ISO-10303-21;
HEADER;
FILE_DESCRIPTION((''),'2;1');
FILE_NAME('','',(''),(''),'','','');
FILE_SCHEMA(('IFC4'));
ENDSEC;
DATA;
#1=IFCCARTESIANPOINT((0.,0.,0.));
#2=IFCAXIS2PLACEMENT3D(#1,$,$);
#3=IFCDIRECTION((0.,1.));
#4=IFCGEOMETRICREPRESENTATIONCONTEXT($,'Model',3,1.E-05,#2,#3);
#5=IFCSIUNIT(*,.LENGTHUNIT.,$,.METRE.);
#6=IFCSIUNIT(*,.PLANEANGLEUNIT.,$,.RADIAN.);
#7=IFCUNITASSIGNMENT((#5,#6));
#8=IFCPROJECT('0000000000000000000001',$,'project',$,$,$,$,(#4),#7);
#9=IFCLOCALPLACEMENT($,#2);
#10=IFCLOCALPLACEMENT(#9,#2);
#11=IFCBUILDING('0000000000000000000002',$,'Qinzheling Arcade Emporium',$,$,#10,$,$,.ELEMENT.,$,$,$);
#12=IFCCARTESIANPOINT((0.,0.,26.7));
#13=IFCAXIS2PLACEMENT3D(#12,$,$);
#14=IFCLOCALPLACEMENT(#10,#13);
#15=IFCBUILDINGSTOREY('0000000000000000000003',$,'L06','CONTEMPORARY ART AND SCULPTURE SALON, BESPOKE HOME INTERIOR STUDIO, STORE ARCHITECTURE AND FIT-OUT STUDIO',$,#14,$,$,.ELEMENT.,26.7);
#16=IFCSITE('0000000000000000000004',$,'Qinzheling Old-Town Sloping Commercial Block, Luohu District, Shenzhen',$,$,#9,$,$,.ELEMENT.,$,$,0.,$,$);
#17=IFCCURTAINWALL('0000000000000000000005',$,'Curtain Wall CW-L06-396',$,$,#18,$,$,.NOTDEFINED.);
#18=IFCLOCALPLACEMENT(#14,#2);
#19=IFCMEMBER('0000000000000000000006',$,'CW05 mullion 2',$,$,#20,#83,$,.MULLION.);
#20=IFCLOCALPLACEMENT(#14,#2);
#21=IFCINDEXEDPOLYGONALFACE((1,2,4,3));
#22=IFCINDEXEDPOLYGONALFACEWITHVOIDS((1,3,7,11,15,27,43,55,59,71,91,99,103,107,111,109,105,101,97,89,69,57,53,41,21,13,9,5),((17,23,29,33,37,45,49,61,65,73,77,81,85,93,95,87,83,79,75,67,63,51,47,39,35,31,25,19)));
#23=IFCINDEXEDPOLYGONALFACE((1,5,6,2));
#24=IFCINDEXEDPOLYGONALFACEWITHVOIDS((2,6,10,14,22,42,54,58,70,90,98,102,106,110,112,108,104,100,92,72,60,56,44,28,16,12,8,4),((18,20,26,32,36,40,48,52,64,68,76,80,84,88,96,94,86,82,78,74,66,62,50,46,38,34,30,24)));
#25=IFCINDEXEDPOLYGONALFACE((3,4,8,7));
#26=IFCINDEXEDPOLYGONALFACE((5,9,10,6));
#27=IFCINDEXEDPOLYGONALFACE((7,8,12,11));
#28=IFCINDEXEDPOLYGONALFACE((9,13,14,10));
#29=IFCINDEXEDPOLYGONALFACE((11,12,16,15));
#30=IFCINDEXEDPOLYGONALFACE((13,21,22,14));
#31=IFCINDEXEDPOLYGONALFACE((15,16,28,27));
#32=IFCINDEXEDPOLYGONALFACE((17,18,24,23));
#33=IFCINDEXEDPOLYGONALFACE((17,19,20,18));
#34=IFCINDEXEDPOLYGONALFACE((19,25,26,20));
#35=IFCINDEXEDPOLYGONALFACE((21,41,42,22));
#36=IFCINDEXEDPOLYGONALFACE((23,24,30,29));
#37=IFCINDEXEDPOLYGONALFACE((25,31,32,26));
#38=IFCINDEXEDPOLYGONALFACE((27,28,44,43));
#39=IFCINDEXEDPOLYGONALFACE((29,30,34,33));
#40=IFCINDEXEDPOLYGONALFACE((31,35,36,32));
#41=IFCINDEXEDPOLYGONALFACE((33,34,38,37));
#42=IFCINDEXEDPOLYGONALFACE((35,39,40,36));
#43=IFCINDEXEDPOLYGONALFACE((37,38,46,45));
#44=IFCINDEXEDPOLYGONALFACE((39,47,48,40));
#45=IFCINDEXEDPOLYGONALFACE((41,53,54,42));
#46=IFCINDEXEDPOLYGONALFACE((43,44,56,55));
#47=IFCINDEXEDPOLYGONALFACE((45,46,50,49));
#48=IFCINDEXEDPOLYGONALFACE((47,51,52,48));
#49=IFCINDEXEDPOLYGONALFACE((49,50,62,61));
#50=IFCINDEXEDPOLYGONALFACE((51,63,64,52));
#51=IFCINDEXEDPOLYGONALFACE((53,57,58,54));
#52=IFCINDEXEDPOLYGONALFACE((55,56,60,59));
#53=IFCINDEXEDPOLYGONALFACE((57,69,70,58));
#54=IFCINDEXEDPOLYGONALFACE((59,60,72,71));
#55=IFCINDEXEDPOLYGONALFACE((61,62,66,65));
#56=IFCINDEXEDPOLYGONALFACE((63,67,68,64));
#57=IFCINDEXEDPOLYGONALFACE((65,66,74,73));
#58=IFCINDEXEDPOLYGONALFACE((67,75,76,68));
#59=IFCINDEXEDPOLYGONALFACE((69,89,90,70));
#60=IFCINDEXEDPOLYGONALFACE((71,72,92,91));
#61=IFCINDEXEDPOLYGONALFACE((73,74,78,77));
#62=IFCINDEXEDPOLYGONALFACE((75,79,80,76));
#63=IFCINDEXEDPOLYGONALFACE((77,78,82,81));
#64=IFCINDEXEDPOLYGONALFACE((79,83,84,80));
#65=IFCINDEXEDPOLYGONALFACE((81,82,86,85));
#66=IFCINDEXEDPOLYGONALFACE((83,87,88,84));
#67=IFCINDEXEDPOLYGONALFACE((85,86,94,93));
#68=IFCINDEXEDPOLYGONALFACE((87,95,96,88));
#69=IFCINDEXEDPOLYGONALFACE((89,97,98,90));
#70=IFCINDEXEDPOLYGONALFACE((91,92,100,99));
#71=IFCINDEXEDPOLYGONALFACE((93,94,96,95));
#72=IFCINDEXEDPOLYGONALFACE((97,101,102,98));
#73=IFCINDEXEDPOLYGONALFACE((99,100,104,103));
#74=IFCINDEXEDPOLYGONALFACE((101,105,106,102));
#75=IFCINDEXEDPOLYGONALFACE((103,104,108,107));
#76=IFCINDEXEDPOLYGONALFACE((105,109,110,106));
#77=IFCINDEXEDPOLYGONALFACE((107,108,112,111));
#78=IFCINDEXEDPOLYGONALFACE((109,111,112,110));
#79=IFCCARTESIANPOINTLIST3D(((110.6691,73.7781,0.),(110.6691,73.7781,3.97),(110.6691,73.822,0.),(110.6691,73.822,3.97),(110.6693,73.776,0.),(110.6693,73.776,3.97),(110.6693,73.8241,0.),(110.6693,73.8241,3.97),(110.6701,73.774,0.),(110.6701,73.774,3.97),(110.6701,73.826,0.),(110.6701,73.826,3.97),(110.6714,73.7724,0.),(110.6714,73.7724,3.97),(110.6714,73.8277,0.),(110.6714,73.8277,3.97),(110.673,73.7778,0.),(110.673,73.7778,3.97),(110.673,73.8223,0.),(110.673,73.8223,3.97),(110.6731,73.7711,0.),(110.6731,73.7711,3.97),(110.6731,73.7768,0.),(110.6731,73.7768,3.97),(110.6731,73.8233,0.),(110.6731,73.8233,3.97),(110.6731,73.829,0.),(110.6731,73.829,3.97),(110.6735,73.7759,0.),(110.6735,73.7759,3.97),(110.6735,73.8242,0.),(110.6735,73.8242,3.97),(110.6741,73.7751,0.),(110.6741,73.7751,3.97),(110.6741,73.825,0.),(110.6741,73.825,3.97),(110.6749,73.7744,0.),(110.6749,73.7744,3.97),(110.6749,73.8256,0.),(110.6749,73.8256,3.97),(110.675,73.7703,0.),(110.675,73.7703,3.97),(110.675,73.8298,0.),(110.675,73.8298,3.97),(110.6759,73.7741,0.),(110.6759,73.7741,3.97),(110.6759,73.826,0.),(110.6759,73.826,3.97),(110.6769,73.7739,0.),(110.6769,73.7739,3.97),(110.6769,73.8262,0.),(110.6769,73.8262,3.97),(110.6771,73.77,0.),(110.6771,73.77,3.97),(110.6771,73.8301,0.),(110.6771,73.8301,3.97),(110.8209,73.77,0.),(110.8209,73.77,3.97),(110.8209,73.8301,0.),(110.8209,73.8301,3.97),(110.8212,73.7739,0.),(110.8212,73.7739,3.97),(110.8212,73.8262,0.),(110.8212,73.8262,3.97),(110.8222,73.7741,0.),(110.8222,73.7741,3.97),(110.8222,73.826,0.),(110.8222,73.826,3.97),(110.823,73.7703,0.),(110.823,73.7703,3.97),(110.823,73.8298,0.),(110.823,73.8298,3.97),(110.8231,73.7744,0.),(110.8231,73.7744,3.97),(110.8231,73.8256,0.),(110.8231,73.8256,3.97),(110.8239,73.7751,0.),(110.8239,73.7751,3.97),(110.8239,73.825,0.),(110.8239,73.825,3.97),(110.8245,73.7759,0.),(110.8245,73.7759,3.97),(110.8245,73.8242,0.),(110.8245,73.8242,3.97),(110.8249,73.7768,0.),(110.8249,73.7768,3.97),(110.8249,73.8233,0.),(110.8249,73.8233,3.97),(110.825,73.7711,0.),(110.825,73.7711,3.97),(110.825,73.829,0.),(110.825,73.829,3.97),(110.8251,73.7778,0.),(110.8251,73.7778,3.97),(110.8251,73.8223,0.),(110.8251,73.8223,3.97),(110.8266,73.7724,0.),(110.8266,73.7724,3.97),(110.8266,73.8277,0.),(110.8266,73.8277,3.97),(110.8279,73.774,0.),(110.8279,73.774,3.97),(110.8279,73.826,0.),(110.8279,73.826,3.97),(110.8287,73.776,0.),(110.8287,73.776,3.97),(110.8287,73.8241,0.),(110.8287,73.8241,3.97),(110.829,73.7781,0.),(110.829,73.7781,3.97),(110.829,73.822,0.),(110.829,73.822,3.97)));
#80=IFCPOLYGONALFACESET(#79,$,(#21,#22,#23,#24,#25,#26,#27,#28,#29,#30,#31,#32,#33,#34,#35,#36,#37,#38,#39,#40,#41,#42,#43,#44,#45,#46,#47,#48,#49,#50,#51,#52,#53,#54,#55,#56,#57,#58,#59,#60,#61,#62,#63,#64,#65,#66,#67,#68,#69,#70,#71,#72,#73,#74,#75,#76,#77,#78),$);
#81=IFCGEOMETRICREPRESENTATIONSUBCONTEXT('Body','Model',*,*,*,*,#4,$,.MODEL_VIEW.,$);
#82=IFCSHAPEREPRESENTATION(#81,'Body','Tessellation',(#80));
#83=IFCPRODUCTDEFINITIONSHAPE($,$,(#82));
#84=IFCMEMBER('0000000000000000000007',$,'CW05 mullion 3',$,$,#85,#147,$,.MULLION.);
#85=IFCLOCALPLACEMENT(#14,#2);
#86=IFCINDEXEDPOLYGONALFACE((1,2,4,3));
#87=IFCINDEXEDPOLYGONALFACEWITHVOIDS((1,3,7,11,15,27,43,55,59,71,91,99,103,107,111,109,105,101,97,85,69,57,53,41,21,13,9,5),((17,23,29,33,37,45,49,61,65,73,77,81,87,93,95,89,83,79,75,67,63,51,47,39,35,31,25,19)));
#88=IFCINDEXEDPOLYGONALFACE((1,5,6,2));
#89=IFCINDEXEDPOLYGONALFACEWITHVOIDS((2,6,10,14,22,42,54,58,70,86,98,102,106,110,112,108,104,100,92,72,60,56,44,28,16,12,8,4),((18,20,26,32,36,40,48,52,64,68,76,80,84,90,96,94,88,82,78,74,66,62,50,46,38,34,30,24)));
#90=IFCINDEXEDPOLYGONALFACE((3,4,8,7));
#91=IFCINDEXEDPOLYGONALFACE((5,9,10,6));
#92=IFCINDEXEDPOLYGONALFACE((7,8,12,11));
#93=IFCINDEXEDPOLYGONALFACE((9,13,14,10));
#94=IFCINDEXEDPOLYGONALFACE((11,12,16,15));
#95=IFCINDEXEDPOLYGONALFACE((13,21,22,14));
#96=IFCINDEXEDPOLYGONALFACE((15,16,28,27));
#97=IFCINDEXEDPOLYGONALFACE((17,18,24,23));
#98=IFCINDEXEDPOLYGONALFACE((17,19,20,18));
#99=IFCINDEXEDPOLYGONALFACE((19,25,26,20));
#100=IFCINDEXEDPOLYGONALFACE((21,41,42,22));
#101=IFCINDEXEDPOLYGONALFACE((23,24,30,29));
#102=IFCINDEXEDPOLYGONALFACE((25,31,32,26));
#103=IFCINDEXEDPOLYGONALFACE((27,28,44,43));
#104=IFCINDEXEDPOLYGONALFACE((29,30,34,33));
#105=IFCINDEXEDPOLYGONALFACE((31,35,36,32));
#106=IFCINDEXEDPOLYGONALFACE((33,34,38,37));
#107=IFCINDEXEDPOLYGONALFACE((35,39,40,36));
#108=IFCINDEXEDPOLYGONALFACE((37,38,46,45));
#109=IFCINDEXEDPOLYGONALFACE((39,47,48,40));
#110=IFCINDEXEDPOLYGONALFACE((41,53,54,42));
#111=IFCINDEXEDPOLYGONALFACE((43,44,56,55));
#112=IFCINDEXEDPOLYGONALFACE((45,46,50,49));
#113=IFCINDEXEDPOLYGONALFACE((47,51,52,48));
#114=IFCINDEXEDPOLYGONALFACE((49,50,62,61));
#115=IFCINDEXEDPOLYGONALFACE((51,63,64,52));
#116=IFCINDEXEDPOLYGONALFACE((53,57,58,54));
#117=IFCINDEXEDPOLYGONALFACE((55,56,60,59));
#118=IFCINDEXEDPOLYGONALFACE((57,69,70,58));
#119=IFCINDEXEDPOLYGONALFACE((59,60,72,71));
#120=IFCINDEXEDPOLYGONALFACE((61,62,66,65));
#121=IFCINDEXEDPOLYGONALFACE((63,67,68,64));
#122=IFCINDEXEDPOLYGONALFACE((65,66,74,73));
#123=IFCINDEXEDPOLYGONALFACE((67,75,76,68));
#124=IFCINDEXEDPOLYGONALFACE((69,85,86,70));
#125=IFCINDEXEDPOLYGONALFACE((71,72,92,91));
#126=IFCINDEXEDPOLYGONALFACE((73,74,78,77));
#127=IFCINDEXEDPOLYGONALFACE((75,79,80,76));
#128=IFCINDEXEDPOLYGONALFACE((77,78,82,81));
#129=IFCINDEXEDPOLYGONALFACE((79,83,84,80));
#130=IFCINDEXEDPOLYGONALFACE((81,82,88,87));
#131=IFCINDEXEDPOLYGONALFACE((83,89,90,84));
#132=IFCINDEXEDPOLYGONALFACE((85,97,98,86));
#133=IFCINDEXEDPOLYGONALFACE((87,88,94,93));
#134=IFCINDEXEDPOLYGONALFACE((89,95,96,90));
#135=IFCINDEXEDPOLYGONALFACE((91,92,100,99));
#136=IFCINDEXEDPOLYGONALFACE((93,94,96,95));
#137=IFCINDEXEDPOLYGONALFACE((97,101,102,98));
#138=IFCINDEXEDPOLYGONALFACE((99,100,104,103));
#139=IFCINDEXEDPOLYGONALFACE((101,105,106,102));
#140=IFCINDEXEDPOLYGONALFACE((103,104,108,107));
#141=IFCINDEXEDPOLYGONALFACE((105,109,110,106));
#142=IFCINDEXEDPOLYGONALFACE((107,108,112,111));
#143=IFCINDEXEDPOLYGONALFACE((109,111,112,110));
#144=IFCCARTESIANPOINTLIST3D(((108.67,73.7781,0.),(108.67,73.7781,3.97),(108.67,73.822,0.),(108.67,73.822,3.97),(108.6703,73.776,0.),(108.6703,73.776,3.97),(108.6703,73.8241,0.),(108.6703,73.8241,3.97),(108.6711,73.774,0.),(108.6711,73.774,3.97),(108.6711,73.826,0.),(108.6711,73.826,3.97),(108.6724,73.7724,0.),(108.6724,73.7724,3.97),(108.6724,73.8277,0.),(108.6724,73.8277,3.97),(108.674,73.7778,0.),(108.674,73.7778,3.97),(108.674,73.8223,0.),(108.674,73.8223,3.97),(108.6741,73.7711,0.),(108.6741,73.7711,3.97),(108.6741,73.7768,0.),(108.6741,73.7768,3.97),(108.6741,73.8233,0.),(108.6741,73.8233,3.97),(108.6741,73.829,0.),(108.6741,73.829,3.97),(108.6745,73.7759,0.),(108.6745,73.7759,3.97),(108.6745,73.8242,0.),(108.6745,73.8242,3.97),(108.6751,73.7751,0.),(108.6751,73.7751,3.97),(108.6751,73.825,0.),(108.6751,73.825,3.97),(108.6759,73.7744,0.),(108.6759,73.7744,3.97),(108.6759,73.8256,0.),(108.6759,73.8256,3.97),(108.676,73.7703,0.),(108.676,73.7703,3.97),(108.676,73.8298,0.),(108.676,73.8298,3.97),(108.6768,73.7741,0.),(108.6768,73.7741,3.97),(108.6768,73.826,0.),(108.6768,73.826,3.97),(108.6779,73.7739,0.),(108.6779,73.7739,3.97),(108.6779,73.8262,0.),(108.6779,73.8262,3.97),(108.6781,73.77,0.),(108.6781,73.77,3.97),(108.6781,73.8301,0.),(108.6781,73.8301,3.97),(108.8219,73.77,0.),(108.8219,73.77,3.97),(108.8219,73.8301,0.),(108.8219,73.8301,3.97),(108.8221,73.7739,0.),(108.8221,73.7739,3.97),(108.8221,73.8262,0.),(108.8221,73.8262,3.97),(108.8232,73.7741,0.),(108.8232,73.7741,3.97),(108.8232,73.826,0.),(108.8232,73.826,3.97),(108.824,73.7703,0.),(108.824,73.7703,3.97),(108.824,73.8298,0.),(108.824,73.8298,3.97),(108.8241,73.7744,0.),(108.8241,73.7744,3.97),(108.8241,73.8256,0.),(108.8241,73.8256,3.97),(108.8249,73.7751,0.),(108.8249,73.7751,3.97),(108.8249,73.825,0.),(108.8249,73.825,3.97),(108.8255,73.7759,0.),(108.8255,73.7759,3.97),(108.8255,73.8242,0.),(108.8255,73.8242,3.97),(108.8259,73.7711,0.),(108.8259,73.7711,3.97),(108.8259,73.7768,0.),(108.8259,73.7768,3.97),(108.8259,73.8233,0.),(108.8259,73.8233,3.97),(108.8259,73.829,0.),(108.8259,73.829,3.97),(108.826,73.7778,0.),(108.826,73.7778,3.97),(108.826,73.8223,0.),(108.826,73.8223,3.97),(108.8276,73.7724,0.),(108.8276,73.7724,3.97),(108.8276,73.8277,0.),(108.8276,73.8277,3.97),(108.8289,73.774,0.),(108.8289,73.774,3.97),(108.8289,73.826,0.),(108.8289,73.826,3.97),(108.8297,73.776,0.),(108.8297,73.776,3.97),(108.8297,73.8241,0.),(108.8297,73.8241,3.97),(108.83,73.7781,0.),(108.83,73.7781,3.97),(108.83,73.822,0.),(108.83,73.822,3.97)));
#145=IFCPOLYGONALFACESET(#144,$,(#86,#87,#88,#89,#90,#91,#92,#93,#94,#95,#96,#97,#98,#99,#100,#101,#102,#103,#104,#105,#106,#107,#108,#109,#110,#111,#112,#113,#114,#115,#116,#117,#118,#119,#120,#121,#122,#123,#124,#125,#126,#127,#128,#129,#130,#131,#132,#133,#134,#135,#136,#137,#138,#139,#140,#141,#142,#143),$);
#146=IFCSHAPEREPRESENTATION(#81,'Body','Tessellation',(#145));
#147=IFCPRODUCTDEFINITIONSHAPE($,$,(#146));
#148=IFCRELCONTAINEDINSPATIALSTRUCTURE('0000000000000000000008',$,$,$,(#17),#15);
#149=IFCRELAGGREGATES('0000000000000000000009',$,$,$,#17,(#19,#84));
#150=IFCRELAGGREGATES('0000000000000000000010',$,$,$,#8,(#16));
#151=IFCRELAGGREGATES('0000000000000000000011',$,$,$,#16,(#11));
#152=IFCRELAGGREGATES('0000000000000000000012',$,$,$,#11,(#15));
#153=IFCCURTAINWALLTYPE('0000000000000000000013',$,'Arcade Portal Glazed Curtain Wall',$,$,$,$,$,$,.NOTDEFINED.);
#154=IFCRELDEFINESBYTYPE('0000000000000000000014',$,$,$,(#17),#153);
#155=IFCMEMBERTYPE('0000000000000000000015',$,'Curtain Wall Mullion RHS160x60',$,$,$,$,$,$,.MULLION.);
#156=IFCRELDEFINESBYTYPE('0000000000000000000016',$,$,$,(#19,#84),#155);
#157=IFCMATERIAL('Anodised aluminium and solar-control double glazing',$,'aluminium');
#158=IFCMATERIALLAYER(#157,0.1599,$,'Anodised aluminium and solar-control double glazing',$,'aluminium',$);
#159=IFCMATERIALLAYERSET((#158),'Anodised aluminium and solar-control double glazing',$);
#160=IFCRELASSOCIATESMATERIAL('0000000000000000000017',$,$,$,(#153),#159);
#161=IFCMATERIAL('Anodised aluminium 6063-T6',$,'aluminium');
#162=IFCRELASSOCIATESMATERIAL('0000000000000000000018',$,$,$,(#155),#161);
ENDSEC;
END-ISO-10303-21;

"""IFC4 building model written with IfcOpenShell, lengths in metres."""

from ifc_helpers import new_model, si_unit, direction, frame, origin, origin_2d, place, context, subcontext, project, spatial, hollow_rectangle, extrude, material, layer, layer_set, material_profile, profile_set, type_object, element, aggregate, save


model = new_model("IFC4")

# Units and contexts
model_context = context("Model", 3, precision=1e-05, world=origin(), true_north=direction((0.0, 1.0)))
body_context = subcontext(model_context, "Body", "Model", "MODEL_VIEW")
ifc_project = project(units=[si_unit("LENGTHUNIT", "METRE"), si_unit("PLANEANGLEUNIT", "RADIAN")], contexts=[model_context])

# Site, building, storey
site_placement = place(None, origin())
site = spatial("IfcSite", under=ifc_project, at=site_placement, Name="Qinzheling Old-Town Sloping Commercial Block, Luohu District, Shenzhen", CompositionType="ELEMENT", RefElevation=0.0)
building_placement = place(site_placement, origin())
building = spatial("IfcBuilding", under=site, at=building_placement, Name="Qinzheling Arcade Emporium", CompositionType="ELEMENT")
storey_placement = place(building_placement, frame((0.0, 0.0, 26.7)))
storey = spatial("IfcBuildingStorey", under=building, at=storey_placement, Name="L06", Description="CONTEMPORARY ART AND SCULPTURE SALON, BESPOKE HOME INTERIOR STUDIO, STORE ARCHITECTURE AND FIT-OUT STUDIO", CompositionType="ELEMENT", Elevation=26.7)

# Curtain wall, members
ifc_material_1 = material(Name="Anodised aluminium and solar-control double glazing", Category="aluminium")
ifc_layer_1 = layer(ifc_material_1, 0.1599, Name="Anodised aluminium and solar-control double glazing", Category="aluminium")
ifc_layer_set_1 = layer_set([ifc_layer_1], Name="Anodised aluminium and solar-control double glazing")
curtain_wall_type = type_object("IfcCurtainWallType", Name="Arcade Portal Glazed Curtain Wall", PredefinedType="NOTDEFINED", material=ifc_layer_set_1)
curtain_wall_placement = place(storey_placement, origin())
curtain_wall = element("IfcCurtainWall", 1, at=curtain_wall_placement, inside=storey, type_object=curtain_wall_type, Name="Curtain Wall CW-L06-396", PredefinedType="NOTDEFINED")
ifc_material_2 = material(Name="Anodised aluminium 6063-T6", Category="aluminium")
ifc_material_profile_1 = material_profile(ifc_material_2, hollow_rectangle(XDim=0.0601, YDim=0.1599, WallThickness=0.0039, InnerFilletRadius=0.0039, OuterFilletRadius=0.0081, at=origin_2d()), Name="RHS 160x60x4", Category="aluminium")
ifc_profile_set_1 = profile_set([ifc_material_profile_1], Name="Anodised aluminium 6063-T6")
member_type_1 = type_object("IfcMemberType", Name="Curtain Wall Mullion RHS160x60", PredefinedType="MULLION", material=ifc_profile_set_1)
member_1_placement = place(storey_placement, frame((110.749, 73.8, 0.0), z_axis=(0.0, 0.0, 1.0), x_axis=(0.0, -1.0, 0.0)))
member_1 = element("IfcMember", 2, at=member_1_placement, type_object=member_type_1, Name="CW05 mullion 2", PredefinedType="MULLION", context=body_context, shape_type="SweptSolid", body=[
    extrude(hollow_rectangle(XDim=0.0601, YDim=0.1599, WallThickness=0.0039, InnerFilletRadius=0.0039, OuterFilletRadius=0.0081, at=origin_2d()), origin(), (0.0, 0.0, 1.0), 3.97),
])
member_2_placement = place(storey_placement, frame((108.75, 73.8, 0.0), z_axis=(0.0, 0.0, 1.0), x_axis=(0.0, -1.0, 0.0)))
member_2 = element("IfcMember", 3, at=member_2_placement, type_object=member_type_1, Name="CW05 mullion 3", PredefinedType="MULLION", context=body_context, shape_type="SweptSolid", body=[
    extrude(hollow_rectangle(XDim=0.0601, YDim=0.1599, WallThickness=0.0039, InnerFilletRadius=0.0039, OuterFilletRadius=0.0081, at=origin_2d()), origin(), (0.0, 0.0, 1.0), 3.97),
])
aggregate(curtain_wall, [member_1, member_2])

save(model, "model.ifc")
